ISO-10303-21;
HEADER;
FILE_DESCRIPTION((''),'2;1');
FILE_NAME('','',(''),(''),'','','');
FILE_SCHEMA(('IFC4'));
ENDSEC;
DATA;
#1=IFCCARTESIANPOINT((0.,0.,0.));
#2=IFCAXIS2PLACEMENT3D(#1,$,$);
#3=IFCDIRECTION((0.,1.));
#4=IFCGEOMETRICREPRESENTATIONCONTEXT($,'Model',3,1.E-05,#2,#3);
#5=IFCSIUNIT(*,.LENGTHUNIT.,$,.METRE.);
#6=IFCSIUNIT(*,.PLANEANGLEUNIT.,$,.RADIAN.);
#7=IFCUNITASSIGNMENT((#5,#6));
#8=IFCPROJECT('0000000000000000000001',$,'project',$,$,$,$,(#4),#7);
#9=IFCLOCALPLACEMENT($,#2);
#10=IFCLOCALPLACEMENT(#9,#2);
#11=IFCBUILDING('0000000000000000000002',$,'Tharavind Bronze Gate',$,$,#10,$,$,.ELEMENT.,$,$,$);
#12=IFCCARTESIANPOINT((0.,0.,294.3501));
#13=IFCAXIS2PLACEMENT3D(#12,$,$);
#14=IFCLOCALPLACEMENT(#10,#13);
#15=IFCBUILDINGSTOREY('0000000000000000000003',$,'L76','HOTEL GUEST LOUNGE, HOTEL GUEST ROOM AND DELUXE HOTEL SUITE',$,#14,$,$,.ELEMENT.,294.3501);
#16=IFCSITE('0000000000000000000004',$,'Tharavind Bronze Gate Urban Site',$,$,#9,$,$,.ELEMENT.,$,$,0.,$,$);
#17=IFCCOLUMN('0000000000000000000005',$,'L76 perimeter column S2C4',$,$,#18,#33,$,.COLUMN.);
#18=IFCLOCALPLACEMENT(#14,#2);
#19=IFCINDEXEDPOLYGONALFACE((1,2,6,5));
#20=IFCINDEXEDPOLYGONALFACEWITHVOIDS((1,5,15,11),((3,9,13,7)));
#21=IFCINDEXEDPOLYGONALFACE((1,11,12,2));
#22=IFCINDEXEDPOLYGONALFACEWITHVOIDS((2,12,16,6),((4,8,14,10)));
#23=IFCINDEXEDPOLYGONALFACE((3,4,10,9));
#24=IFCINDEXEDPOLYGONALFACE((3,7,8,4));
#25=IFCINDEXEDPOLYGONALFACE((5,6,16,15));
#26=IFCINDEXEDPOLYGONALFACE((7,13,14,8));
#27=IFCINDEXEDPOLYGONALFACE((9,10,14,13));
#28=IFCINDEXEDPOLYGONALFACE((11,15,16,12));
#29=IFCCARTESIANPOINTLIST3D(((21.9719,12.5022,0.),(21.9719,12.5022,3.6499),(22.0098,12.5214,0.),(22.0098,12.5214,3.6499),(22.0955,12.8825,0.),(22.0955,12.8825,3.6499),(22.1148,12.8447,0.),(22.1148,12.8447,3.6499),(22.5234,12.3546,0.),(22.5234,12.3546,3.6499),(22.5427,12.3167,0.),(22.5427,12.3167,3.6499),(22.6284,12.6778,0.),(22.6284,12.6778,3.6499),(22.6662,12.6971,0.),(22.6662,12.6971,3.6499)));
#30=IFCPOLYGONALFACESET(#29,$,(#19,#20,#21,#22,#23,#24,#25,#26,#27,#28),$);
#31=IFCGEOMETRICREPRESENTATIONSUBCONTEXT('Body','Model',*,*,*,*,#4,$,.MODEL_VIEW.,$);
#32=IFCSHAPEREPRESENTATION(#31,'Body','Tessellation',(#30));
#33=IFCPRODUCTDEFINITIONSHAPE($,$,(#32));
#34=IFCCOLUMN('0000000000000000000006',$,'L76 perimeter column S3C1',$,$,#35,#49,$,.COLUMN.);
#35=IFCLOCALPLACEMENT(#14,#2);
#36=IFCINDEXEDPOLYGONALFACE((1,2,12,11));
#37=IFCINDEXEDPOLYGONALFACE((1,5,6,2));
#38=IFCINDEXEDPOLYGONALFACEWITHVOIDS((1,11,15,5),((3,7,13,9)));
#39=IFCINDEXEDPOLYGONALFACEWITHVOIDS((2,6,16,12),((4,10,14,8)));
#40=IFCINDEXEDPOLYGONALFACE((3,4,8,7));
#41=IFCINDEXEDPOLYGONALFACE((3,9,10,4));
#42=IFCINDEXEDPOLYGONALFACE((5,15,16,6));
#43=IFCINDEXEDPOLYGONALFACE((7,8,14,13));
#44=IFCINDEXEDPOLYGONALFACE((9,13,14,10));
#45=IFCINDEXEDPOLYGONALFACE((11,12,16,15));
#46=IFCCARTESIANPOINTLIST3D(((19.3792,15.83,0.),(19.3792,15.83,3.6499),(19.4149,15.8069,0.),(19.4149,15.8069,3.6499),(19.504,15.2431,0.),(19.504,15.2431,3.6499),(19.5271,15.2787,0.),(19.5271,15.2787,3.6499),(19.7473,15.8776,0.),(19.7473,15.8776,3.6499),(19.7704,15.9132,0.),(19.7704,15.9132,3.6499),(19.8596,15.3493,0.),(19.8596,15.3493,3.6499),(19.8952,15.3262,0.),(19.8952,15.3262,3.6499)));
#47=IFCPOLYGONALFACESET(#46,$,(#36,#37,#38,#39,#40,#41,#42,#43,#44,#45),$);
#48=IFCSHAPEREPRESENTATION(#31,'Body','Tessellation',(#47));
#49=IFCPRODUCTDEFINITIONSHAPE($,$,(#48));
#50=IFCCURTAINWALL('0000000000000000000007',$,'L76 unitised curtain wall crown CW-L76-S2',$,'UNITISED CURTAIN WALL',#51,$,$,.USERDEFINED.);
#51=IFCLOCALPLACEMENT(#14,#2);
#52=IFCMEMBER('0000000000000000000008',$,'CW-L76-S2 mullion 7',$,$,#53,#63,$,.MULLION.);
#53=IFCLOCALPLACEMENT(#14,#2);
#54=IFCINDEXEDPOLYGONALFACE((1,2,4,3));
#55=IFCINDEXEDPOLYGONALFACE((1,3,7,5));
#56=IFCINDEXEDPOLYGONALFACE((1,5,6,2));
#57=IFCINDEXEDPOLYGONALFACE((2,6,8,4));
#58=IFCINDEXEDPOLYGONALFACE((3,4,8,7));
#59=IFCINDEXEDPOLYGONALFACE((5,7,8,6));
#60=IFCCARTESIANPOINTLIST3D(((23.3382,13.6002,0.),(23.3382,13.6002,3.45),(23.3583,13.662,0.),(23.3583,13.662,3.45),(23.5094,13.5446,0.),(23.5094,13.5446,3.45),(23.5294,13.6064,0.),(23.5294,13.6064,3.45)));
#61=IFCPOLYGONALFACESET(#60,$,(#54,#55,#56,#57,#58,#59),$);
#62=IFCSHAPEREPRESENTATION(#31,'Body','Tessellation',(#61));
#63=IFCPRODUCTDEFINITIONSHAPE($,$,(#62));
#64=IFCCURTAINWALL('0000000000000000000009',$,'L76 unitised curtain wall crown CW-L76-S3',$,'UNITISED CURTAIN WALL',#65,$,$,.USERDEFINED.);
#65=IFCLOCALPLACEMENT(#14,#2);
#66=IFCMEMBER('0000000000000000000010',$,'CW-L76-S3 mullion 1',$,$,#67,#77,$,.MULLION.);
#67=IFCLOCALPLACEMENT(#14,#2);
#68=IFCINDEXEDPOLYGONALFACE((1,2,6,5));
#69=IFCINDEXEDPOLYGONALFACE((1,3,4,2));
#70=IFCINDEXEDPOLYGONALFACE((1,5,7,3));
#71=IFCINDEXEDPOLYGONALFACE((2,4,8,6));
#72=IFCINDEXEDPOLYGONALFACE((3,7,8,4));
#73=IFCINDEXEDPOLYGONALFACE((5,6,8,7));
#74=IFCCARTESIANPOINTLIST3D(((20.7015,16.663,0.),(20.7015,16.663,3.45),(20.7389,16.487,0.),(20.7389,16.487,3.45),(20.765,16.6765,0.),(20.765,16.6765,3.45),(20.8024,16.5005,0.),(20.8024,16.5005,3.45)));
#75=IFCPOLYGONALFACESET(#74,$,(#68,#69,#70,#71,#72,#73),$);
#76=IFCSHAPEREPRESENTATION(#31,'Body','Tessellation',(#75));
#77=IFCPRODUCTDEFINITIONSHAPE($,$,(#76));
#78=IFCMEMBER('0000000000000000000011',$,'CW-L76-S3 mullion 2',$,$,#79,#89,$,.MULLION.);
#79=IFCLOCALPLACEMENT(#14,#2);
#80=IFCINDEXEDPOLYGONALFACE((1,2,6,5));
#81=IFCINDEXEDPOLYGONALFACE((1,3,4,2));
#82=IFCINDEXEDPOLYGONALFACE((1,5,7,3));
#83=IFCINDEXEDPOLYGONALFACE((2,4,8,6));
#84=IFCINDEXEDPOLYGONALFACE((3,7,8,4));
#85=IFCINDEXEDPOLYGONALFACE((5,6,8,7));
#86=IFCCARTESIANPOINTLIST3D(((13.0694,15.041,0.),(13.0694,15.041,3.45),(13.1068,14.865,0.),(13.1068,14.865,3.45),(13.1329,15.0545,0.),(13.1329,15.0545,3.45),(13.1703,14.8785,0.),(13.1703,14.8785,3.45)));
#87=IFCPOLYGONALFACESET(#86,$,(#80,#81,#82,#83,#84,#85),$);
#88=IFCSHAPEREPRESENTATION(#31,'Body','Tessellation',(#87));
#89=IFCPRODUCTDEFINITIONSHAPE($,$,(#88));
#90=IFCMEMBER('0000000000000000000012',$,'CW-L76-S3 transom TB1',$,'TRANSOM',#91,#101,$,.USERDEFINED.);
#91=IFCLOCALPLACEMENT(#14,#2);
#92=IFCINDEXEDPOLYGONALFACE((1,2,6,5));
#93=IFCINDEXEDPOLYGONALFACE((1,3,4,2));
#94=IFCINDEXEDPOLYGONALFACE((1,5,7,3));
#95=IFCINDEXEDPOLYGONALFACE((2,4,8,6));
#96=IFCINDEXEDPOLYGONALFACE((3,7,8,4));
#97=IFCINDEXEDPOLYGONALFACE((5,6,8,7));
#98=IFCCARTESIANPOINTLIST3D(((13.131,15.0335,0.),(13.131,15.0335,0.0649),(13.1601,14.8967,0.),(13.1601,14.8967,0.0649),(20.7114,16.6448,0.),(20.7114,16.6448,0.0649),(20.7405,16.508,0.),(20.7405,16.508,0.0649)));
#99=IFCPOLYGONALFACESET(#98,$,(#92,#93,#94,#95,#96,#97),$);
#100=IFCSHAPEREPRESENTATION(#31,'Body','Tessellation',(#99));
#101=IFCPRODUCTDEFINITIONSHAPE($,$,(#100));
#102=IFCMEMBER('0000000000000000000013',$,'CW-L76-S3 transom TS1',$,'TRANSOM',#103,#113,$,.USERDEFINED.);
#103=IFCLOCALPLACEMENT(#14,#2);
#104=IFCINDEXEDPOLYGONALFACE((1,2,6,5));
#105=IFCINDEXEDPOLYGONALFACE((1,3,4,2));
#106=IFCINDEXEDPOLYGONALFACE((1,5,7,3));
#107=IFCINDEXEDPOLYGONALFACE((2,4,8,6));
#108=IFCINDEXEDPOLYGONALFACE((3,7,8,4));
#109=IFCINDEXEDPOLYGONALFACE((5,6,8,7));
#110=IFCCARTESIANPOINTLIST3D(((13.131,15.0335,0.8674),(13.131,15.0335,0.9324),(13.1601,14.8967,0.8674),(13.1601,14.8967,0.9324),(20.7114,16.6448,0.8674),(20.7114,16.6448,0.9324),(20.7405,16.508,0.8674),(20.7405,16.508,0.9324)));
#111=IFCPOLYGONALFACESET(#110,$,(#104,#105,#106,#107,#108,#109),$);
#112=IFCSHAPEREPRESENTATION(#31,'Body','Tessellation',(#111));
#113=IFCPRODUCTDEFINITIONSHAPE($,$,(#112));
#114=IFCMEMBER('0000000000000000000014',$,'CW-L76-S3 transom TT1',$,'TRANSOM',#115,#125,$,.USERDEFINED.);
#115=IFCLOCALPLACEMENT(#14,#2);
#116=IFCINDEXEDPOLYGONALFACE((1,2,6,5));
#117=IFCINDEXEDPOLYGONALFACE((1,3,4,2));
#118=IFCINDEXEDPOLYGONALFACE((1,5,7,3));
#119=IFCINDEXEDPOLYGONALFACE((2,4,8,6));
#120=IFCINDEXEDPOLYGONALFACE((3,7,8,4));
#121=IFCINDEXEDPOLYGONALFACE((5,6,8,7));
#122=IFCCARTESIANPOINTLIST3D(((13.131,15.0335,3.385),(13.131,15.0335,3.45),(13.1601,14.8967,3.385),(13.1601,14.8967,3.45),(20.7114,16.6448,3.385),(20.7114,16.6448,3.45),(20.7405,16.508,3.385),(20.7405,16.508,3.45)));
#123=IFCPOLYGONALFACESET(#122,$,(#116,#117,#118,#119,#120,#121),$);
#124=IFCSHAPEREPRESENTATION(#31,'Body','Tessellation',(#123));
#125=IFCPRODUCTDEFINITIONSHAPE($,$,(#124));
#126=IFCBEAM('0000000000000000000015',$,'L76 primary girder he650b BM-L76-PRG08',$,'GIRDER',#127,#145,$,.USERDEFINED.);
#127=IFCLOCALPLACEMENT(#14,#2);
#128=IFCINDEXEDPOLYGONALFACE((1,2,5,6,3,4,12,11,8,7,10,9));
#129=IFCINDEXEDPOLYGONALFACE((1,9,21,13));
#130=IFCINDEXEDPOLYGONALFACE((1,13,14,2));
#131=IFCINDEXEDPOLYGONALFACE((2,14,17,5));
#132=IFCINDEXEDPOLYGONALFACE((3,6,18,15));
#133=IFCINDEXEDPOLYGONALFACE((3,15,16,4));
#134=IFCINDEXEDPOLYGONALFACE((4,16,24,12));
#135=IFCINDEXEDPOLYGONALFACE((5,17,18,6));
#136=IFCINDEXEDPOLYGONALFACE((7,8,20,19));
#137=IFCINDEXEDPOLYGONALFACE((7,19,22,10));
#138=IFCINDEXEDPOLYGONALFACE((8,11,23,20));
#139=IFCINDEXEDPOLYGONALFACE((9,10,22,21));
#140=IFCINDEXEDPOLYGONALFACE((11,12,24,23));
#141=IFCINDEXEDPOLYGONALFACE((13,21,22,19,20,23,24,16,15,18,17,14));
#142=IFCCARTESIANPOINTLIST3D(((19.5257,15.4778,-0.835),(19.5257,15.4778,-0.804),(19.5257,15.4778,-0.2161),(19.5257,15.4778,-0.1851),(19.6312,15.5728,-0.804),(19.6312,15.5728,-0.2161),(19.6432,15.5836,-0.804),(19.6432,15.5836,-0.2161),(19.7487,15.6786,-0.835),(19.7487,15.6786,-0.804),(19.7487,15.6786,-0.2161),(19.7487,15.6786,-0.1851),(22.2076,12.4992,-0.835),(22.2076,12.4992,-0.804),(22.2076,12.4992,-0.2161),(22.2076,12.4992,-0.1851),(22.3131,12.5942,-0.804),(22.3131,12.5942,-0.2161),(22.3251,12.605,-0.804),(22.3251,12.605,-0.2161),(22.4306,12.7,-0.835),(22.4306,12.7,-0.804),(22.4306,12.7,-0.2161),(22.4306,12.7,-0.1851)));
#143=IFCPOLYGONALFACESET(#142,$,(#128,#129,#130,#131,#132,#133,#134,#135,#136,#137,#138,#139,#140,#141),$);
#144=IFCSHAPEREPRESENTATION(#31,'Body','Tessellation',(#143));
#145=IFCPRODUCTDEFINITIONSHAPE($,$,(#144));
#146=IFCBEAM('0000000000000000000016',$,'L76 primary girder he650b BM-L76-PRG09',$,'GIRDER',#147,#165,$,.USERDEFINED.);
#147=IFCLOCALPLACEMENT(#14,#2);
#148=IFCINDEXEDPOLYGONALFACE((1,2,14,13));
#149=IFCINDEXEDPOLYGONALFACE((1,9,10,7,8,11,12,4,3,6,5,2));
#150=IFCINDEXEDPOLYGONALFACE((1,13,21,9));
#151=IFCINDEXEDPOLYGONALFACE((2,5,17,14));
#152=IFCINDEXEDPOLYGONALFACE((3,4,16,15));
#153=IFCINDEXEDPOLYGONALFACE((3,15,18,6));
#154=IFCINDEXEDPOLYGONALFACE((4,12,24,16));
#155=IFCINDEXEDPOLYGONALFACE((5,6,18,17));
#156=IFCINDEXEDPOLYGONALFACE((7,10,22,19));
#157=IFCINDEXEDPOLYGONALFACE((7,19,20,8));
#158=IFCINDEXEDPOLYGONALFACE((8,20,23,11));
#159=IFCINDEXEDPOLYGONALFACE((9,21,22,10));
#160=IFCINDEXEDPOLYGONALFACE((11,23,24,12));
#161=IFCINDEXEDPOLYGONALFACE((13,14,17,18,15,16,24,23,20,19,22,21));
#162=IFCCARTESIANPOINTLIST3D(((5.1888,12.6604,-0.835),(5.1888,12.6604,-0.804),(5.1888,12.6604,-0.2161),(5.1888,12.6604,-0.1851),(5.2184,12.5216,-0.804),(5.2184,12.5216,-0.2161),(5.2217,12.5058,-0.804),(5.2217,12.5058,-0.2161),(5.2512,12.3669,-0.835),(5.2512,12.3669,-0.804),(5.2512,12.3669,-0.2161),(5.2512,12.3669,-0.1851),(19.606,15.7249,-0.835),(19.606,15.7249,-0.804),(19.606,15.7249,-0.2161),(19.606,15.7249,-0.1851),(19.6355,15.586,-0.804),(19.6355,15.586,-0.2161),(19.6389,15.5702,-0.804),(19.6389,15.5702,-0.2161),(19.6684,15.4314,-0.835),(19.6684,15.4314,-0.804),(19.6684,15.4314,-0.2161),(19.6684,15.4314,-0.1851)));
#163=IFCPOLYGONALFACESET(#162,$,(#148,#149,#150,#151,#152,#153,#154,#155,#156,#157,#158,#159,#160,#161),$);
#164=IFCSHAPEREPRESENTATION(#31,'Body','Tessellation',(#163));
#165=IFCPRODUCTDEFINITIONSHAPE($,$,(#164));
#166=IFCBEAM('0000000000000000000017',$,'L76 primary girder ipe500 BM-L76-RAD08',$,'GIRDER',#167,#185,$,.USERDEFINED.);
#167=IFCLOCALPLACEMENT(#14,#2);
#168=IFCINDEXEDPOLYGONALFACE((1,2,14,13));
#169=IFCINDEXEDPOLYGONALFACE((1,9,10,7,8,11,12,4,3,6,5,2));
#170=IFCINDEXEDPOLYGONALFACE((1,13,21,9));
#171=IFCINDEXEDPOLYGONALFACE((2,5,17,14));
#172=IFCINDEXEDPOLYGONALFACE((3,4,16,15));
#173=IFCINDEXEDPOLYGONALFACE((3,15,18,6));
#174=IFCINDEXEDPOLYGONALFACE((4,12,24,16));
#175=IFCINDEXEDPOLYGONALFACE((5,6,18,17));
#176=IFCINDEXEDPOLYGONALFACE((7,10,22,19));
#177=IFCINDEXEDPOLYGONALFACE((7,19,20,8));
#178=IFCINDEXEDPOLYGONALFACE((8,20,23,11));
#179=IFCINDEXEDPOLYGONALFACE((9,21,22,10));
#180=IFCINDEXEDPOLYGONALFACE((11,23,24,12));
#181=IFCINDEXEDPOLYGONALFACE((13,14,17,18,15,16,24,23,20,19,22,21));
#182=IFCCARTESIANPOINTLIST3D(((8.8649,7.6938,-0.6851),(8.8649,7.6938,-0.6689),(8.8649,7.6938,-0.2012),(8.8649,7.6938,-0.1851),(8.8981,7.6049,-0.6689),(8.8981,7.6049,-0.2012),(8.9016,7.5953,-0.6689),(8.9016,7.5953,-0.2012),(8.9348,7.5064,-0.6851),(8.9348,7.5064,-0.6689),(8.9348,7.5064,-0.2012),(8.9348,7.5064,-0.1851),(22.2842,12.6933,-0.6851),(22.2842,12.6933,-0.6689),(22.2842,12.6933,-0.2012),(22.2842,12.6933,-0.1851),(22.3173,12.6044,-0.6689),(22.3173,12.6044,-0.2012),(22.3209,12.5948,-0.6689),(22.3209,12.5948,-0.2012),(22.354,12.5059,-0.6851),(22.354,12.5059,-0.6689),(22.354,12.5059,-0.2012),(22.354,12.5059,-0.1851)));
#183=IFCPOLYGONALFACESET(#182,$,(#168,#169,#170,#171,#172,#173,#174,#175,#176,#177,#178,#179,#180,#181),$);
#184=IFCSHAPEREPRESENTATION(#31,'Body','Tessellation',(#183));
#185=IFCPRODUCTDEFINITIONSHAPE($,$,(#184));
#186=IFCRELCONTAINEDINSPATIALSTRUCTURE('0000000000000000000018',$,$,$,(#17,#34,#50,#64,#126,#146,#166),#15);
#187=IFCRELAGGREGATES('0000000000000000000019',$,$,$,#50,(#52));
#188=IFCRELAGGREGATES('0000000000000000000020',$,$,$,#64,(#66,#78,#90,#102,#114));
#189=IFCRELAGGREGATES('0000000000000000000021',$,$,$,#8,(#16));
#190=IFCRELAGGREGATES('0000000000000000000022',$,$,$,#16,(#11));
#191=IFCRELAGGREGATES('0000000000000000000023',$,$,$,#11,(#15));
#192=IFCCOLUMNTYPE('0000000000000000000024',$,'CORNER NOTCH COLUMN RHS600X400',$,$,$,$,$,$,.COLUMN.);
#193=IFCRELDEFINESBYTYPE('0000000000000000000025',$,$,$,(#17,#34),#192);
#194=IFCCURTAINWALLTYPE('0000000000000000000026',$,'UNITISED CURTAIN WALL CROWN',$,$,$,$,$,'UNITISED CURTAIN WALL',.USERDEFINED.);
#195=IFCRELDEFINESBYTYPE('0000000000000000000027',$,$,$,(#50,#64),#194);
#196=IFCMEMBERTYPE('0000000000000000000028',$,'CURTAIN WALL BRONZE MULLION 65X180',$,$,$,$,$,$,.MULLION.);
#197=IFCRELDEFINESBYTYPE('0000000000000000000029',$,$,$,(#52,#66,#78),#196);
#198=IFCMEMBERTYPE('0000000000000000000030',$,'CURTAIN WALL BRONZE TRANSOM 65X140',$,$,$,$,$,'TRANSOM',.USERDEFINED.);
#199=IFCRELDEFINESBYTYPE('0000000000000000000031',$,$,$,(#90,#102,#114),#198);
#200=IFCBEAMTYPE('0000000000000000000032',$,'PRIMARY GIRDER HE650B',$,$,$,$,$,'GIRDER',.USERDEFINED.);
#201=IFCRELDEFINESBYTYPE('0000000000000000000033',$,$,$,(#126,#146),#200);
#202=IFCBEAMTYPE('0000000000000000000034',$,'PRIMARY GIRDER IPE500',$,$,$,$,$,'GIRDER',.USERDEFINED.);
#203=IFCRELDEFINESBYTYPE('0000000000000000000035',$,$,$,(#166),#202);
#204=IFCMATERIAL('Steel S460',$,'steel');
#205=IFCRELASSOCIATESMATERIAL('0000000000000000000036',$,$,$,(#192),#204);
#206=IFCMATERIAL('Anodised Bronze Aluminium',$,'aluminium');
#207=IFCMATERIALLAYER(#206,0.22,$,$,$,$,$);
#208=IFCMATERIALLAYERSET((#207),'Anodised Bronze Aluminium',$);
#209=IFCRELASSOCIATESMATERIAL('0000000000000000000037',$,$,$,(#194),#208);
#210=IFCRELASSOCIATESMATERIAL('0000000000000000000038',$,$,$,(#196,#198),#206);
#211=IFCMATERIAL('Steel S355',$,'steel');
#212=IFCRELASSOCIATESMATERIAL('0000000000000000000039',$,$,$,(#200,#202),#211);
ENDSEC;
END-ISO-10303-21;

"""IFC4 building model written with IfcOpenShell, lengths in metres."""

from ifc_helpers import new_model, si_unit, direction, frame, origin, origin_2d, place, context, subcontext, project, spatial, rectangle, hollow_rectangle, i_section, extrude, material, layer, layer_set, material_profile, profile_set, type_object, element, aggregate, save


model = new_model("IFC4")

# Units and contexts
model_context = context("Model", 3, precision=1e-05, world=origin(), true_north=direction((0.0, 1.0)))
body_context = subcontext(model_context, "Body", "Model", "MODEL_VIEW")
ifc_project = project(units=[si_unit("LENGTHUNIT", "METRE"), si_unit("PLANEANGLEUNIT", "RADIAN")], contexts=[model_context])

# Site, building, storey
site_placement = place(None, origin())
site = spatial("IfcSite", under=ifc_project, at=site_placement, Name="Tharavind Bronze Gate Urban Site", CompositionType="ELEMENT", RefElevation=0.0)
building_placement = place(site_placement, origin())
building = spatial("IfcBuilding", under=site, at=building_placement, Name="Tharavind Bronze Gate", CompositionType="ELEMENT")
storey_placement = place(building_placement, frame((0.0, 0.0, 294.3501)))
storey = spatial("IfcBuildingStorey", under=building, at=storey_placement, Name="L76", Description="HOTEL GUEST LOUNGE, HOTEL GUEST ROOM AND DELUXE HOTEL SUITE", CompositionType="ELEMENT", Elevation=294.3501)

# Columns
ifc_material_1 = material(Name="Steel S460", Category="steel")
ifc_material_profile_1 = material_profile(ifc_material_1, hollow_rectangle(XDim=0.3999, YDim=0.6001, WallThickness=0.03, at=origin_2d()), Name="RHS600X400X30")
ifc_profile_set_1 = profile_set([ifc_material_profile_1], Name="Steel S460")
column_type = type_object("IfcColumnType", Name="CORNER NOTCH COLUMN RHS600X400", PredefinedType="COLUMN", material=ifc_profile_set_1)
for number, where, z_axis, x_axis, name in (
    (1, (22.3191, 12.5996, 0.0), (0.0, 0.0, 1.0), (0.309019, 0.951056, 0.0), "L76 perimeter column S2C4"),
    (2, (19.6372, 15.5781, 0.0), (0.0, 0.0, 1.0), (0.978147, 0.207913, 0.0), "L76 perimeter column S3C1"),
):
    element("IfcColumn", number, at=place(storey_placement, frame(where, z_axis=z_axis, x_axis=x_axis)), inside=storey, type_object=column_type, Name=name, PredefinedType="COLUMN", context=body_context, shape_type="SweptSolid", body=[
        extrude(hollow_rectangle(XDim=0.3999, YDim=0.6001, WallThickness=0.03, at=origin_2d()), origin(), (0.0, 0.0, 1.0), 3.6499),
    ])

# Curtain wall, member
ifc_material_2 = material(Name="Anodised Bronze Aluminium", Category="aluminium")
ifc_layer_1 = layer(ifc_material_2, 0.22)
ifc_layer_set_1 = layer_set([ifc_layer_1], Name="Anodised Bronze Aluminium")
curtain_wall_type = type_object("IfcCurtainWallType", Name="UNITISED CURTAIN WALL CROWN", ElementType="UNITISED CURTAIN WALL", PredefinedType="USERDEFINED", material=ifc_layer_set_1)
curtain_wall_1_placement = place(storey_placement, origin())
curtain_wall_1 = element("IfcCurtainWall", 3, at=curtain_wall_1_placement, inside=storey, type_object=curtain_wall_type, Name="L76 unitised curtain wall crown CW-L76-S2", ObjectType="UNITISED CURTAIN WALL", PredefinedType="USERDEFINED")
member_type_1 = type_object("IfcMemberType", Name="CURTAIN WALL BRONZE MULLION 65X180", PredefinedType="MULLION", material=ifc_material_2)
member_1_placement = place(storey_placement, frame((23.4338, 13.6033, 0.0), z_axis=(0.0, 0.0, 1.0), x_axis=(0.309017, 0.951057, 0.0)))
member_1 = element("IfcMember", 4, at=member_1_placement, type_object=member_type_1, Name="CW-L76-S2 mullion 7", PredefinedType="MULLION", context=body_context, shape_type="SweptSolid", body=[
    extrude(rectangle(XDim=0.0649, YDim=0.1799, at=origin_2d()), origin(), (0.0, 0.0, 1.0), 3.45),
])

# Curtain wall, members
curtain_wall_2_placement = place(storey_placement, origin())
curtain_wall_2 = element("IfcCurtainWall", 5, at=curtain_wall_2_placement, inside=storey, type_object=curtain_wall_type, Name="L76 unitised curtain wall crown CW-L76-S3", ObjectType="UNITISED CURTAIN WALL", PredefinedType="USERDEFINED")
member_2_placement = place(storey_placement, frame((20.752, 16.5818, 0.0), z_axis=(0.0, 0.0, 1.0), x_axis=(-0.978147, -0.207913, 0.0)))
member_2 = element("IfcMember", 6, at=member_2_placement, type_object=member_type_1, Name="CW-L76-S3 mullion 1", PredefinedType="MULLION", context=body_context, shape_type="SweptSolid", body=[
    extrude(rectangle(XDim=0.0649, YDim=0.1799, at=origin_2d()), origin(), (0.0, 0.0, 1.0), 3.45),
])
member_3_placement = place(storey_placement, frame((13.1199, 14.9597, 0.0), z_axis=(0.0, 0.0, 1.0), x_axis=(-0.978147, -0.207913, 0.0)))
member_3 = element("IfcMember", 7, at=member_3_placement, type_object=member_type_1, Name="CW-L76-S3 mullion 2", PredefinedType="MULLION", context=body_context, shape_type="SweptSolid", body=[
    extrude(rectangle(XDim=0.0649, YDim=0.1799, at=origin_2d()), origin(), (0.0, 0.0, 1.0), 3.45),
])
member_type_2 = type_object("IfcMemberType", Name="CURTAIN WALL BRONZE TRANSOM 65X140", ElementType="TRANSOM", PredefinedType="USERDEFINED", material=ifc_material_2)
member_4_placement = place(storey_placement, frame((16.9358, 15.7708, 0.0), z_axis=(0.0, 0.0, 1.0), x_axis=(-0.978147, -0.207913, 0.0)))
member_4 = element("IfcMember", 8, at=member_4_placement, type_object=member_type_2, Name="CW-L76-S3 transom TB1", ObjectType="TRANSOM", PredefinedType="USERDEFINED", context=body_context, shape_type="SweptSolid", body=[
    extrude(rectangle(XDim=7.7498, YDim=0.1399, at=origin_2d()), origin(), (0.0, 0.0, 1.0), 0.0649),
])
member_5_placement = place(storey_placement, frame((16.9358, 15.7708, 0.8674), z_axis=(0.0, 0.0, 1.0), x_axis=(-0.978147, -0.207913, 0.0)))
member_5 = element("IfcMember", 9, at=member_5_placement, type_object=member_type_2, Name="CW-L76-S3 transom TS1", ObjectType="TRANSOM", PredefinedType="USERDEFINED", context=body_context, shape_type="SweptSolid", body=[
    extrude(rectangle(XDim=7.7498, YDim=0.1399, at=origin_2d()), origin(), (0.0, 0.0, 1.0), 0.0649),
])
member_6_placement = place(storey_placement, frame((16.9358, 15.7708, 3.385), z_axis=(0.0, 0.0, 1.0), x_axis=(-0.978147, -0.207913, 0.0)))
member_6 = element("IfcMember", 10, at=member_6_placement, type_object=member_type_2, Name="CW-L76-S3 transom TT1", ObjectType="TRANSOM", PredefinedType="USERDEFINED", context=body_context, shape_type="SweptSolid", body=[
    extrude(rectangle(XDim=7.7498, YDim=0.1399, at=origin_2d()), origin(), (0.0, 0.0, 1.0), 0.0649),
])

# Beams
ifc_material_3 = material(Name="Steel S355", Category="steel")
ifc_material_profile_2 = material_profile(ifc_material_3, i_section(OverallWidth=0.3, OverallDepth=0.6499, WebThickness=0.0161, FlangeThickness=0.031, at=origin_2d()), Name="HE650B")
ifc_profile_set_2 = profile_set([ifc_material_profile_2], Name="Steel S355")
beam_type_1 = type_object("IfcBeamType", Name="PRIMARY GIRDER HE650B", ElementType="GIRDER", PredefinedType="USERDEFINED", material=ifc_profile_set_2)
beam_1_placement = place(storey_placement, frame((22.3191, 12.5996, -0.51), z_axis=(-0.669133, 0.743143, 0.0), x_axis=(-0.743143, -0.669133, 0.0)))
element("IfcBeam", 11, at=beam_1_placement, inside=storey, type_object=beam_type_1, Name="L76 primary girder he650b BM-L76-PRG08", ObjectType="GIRDER", PredefinedType="USERDEFINED", context=body_context, shape_type="SweptSolid", body=[
    extrude(i_section(OverallWidth=0.3, OverallDepth=0.6499, WebThickness=0.0161, FlangeThickness=0.031, at=origin_2d()), origin(), (0.0, 0.0, 1.0), 4.0081),
])
beam_2_placement = place(storey_placement, frame((19.6372, 15.5781, -0.51), z_axis=(-0.978148, -0.20791, 0.0), x_axis=(0.20791, -0.978148, 0.0)))
element("IfcBeam", 12, at=beam_2_placement, inside=storey, type_object=beam_type_1, Name="L76 primary girder he650b BM-L76-PRG09", ObjectType="GIRDER", PredefinedType="USERDEFINED", context=body_context, shape_type="SweptSolid", body=[
    extrude(i_section(OverallWidth=0.3, OverallDepth=0.6499, WebThickness=0.0161, FlangeThickness=0.031, at=origin_2d()), origin(), (0.0, 0.0, 1.0), 14.7393),
])
ifc_material_profile_3 = material_profile(ifc_material_3, i_section(OverallWidth=0.2, OverallDepth=0.5, WebThickness=0.0103, FlangeThickness=0.0161, at=origin_2d()), Name="IPE500")
ifc_profile_set_3 = profile_set([ifc_material_profile_3], Name="Steel S355")
beam_type_2 = type_object("IfcBeamType", Name="PRIMARY GIRDER IPE500", ElementType="GIRDER", PredefinedType="USERDEFINED", material=ifc_profile_set_3)
beam_3_placement = place(storey_placement, frame((22.3191, 12.5996, -0.4351), z_axis=(-0.937077, -0.349122, 0.0), x_axis=(0.349122, -0.937077, 0.0)))
element("IfcBeam", 13, at=beam_3_placement, inside=storey, type_object=beam_type_2, Name="L76 primary girder ipe500 BM-L76-RAD08", ObjectType="GIRDER", PredefinedType="USERDEFINED", context=body_context, shape_type="SweptSolid", body=[
    extrude(i_section(OverallWidth=0.2, OverallDepth=0.5, WebThickness=0.0103, FlangeThickness=0.0161, at=origin_2d()), origin(), (0.0, 0.0, 1.0), 14.3203),
])

aggregate(curtain_wall_1, [member_1])
aggregate(curtain_wall_2, [member_2, member_3, member_4, member_5, member_6])

save(model, "model.ifc")
